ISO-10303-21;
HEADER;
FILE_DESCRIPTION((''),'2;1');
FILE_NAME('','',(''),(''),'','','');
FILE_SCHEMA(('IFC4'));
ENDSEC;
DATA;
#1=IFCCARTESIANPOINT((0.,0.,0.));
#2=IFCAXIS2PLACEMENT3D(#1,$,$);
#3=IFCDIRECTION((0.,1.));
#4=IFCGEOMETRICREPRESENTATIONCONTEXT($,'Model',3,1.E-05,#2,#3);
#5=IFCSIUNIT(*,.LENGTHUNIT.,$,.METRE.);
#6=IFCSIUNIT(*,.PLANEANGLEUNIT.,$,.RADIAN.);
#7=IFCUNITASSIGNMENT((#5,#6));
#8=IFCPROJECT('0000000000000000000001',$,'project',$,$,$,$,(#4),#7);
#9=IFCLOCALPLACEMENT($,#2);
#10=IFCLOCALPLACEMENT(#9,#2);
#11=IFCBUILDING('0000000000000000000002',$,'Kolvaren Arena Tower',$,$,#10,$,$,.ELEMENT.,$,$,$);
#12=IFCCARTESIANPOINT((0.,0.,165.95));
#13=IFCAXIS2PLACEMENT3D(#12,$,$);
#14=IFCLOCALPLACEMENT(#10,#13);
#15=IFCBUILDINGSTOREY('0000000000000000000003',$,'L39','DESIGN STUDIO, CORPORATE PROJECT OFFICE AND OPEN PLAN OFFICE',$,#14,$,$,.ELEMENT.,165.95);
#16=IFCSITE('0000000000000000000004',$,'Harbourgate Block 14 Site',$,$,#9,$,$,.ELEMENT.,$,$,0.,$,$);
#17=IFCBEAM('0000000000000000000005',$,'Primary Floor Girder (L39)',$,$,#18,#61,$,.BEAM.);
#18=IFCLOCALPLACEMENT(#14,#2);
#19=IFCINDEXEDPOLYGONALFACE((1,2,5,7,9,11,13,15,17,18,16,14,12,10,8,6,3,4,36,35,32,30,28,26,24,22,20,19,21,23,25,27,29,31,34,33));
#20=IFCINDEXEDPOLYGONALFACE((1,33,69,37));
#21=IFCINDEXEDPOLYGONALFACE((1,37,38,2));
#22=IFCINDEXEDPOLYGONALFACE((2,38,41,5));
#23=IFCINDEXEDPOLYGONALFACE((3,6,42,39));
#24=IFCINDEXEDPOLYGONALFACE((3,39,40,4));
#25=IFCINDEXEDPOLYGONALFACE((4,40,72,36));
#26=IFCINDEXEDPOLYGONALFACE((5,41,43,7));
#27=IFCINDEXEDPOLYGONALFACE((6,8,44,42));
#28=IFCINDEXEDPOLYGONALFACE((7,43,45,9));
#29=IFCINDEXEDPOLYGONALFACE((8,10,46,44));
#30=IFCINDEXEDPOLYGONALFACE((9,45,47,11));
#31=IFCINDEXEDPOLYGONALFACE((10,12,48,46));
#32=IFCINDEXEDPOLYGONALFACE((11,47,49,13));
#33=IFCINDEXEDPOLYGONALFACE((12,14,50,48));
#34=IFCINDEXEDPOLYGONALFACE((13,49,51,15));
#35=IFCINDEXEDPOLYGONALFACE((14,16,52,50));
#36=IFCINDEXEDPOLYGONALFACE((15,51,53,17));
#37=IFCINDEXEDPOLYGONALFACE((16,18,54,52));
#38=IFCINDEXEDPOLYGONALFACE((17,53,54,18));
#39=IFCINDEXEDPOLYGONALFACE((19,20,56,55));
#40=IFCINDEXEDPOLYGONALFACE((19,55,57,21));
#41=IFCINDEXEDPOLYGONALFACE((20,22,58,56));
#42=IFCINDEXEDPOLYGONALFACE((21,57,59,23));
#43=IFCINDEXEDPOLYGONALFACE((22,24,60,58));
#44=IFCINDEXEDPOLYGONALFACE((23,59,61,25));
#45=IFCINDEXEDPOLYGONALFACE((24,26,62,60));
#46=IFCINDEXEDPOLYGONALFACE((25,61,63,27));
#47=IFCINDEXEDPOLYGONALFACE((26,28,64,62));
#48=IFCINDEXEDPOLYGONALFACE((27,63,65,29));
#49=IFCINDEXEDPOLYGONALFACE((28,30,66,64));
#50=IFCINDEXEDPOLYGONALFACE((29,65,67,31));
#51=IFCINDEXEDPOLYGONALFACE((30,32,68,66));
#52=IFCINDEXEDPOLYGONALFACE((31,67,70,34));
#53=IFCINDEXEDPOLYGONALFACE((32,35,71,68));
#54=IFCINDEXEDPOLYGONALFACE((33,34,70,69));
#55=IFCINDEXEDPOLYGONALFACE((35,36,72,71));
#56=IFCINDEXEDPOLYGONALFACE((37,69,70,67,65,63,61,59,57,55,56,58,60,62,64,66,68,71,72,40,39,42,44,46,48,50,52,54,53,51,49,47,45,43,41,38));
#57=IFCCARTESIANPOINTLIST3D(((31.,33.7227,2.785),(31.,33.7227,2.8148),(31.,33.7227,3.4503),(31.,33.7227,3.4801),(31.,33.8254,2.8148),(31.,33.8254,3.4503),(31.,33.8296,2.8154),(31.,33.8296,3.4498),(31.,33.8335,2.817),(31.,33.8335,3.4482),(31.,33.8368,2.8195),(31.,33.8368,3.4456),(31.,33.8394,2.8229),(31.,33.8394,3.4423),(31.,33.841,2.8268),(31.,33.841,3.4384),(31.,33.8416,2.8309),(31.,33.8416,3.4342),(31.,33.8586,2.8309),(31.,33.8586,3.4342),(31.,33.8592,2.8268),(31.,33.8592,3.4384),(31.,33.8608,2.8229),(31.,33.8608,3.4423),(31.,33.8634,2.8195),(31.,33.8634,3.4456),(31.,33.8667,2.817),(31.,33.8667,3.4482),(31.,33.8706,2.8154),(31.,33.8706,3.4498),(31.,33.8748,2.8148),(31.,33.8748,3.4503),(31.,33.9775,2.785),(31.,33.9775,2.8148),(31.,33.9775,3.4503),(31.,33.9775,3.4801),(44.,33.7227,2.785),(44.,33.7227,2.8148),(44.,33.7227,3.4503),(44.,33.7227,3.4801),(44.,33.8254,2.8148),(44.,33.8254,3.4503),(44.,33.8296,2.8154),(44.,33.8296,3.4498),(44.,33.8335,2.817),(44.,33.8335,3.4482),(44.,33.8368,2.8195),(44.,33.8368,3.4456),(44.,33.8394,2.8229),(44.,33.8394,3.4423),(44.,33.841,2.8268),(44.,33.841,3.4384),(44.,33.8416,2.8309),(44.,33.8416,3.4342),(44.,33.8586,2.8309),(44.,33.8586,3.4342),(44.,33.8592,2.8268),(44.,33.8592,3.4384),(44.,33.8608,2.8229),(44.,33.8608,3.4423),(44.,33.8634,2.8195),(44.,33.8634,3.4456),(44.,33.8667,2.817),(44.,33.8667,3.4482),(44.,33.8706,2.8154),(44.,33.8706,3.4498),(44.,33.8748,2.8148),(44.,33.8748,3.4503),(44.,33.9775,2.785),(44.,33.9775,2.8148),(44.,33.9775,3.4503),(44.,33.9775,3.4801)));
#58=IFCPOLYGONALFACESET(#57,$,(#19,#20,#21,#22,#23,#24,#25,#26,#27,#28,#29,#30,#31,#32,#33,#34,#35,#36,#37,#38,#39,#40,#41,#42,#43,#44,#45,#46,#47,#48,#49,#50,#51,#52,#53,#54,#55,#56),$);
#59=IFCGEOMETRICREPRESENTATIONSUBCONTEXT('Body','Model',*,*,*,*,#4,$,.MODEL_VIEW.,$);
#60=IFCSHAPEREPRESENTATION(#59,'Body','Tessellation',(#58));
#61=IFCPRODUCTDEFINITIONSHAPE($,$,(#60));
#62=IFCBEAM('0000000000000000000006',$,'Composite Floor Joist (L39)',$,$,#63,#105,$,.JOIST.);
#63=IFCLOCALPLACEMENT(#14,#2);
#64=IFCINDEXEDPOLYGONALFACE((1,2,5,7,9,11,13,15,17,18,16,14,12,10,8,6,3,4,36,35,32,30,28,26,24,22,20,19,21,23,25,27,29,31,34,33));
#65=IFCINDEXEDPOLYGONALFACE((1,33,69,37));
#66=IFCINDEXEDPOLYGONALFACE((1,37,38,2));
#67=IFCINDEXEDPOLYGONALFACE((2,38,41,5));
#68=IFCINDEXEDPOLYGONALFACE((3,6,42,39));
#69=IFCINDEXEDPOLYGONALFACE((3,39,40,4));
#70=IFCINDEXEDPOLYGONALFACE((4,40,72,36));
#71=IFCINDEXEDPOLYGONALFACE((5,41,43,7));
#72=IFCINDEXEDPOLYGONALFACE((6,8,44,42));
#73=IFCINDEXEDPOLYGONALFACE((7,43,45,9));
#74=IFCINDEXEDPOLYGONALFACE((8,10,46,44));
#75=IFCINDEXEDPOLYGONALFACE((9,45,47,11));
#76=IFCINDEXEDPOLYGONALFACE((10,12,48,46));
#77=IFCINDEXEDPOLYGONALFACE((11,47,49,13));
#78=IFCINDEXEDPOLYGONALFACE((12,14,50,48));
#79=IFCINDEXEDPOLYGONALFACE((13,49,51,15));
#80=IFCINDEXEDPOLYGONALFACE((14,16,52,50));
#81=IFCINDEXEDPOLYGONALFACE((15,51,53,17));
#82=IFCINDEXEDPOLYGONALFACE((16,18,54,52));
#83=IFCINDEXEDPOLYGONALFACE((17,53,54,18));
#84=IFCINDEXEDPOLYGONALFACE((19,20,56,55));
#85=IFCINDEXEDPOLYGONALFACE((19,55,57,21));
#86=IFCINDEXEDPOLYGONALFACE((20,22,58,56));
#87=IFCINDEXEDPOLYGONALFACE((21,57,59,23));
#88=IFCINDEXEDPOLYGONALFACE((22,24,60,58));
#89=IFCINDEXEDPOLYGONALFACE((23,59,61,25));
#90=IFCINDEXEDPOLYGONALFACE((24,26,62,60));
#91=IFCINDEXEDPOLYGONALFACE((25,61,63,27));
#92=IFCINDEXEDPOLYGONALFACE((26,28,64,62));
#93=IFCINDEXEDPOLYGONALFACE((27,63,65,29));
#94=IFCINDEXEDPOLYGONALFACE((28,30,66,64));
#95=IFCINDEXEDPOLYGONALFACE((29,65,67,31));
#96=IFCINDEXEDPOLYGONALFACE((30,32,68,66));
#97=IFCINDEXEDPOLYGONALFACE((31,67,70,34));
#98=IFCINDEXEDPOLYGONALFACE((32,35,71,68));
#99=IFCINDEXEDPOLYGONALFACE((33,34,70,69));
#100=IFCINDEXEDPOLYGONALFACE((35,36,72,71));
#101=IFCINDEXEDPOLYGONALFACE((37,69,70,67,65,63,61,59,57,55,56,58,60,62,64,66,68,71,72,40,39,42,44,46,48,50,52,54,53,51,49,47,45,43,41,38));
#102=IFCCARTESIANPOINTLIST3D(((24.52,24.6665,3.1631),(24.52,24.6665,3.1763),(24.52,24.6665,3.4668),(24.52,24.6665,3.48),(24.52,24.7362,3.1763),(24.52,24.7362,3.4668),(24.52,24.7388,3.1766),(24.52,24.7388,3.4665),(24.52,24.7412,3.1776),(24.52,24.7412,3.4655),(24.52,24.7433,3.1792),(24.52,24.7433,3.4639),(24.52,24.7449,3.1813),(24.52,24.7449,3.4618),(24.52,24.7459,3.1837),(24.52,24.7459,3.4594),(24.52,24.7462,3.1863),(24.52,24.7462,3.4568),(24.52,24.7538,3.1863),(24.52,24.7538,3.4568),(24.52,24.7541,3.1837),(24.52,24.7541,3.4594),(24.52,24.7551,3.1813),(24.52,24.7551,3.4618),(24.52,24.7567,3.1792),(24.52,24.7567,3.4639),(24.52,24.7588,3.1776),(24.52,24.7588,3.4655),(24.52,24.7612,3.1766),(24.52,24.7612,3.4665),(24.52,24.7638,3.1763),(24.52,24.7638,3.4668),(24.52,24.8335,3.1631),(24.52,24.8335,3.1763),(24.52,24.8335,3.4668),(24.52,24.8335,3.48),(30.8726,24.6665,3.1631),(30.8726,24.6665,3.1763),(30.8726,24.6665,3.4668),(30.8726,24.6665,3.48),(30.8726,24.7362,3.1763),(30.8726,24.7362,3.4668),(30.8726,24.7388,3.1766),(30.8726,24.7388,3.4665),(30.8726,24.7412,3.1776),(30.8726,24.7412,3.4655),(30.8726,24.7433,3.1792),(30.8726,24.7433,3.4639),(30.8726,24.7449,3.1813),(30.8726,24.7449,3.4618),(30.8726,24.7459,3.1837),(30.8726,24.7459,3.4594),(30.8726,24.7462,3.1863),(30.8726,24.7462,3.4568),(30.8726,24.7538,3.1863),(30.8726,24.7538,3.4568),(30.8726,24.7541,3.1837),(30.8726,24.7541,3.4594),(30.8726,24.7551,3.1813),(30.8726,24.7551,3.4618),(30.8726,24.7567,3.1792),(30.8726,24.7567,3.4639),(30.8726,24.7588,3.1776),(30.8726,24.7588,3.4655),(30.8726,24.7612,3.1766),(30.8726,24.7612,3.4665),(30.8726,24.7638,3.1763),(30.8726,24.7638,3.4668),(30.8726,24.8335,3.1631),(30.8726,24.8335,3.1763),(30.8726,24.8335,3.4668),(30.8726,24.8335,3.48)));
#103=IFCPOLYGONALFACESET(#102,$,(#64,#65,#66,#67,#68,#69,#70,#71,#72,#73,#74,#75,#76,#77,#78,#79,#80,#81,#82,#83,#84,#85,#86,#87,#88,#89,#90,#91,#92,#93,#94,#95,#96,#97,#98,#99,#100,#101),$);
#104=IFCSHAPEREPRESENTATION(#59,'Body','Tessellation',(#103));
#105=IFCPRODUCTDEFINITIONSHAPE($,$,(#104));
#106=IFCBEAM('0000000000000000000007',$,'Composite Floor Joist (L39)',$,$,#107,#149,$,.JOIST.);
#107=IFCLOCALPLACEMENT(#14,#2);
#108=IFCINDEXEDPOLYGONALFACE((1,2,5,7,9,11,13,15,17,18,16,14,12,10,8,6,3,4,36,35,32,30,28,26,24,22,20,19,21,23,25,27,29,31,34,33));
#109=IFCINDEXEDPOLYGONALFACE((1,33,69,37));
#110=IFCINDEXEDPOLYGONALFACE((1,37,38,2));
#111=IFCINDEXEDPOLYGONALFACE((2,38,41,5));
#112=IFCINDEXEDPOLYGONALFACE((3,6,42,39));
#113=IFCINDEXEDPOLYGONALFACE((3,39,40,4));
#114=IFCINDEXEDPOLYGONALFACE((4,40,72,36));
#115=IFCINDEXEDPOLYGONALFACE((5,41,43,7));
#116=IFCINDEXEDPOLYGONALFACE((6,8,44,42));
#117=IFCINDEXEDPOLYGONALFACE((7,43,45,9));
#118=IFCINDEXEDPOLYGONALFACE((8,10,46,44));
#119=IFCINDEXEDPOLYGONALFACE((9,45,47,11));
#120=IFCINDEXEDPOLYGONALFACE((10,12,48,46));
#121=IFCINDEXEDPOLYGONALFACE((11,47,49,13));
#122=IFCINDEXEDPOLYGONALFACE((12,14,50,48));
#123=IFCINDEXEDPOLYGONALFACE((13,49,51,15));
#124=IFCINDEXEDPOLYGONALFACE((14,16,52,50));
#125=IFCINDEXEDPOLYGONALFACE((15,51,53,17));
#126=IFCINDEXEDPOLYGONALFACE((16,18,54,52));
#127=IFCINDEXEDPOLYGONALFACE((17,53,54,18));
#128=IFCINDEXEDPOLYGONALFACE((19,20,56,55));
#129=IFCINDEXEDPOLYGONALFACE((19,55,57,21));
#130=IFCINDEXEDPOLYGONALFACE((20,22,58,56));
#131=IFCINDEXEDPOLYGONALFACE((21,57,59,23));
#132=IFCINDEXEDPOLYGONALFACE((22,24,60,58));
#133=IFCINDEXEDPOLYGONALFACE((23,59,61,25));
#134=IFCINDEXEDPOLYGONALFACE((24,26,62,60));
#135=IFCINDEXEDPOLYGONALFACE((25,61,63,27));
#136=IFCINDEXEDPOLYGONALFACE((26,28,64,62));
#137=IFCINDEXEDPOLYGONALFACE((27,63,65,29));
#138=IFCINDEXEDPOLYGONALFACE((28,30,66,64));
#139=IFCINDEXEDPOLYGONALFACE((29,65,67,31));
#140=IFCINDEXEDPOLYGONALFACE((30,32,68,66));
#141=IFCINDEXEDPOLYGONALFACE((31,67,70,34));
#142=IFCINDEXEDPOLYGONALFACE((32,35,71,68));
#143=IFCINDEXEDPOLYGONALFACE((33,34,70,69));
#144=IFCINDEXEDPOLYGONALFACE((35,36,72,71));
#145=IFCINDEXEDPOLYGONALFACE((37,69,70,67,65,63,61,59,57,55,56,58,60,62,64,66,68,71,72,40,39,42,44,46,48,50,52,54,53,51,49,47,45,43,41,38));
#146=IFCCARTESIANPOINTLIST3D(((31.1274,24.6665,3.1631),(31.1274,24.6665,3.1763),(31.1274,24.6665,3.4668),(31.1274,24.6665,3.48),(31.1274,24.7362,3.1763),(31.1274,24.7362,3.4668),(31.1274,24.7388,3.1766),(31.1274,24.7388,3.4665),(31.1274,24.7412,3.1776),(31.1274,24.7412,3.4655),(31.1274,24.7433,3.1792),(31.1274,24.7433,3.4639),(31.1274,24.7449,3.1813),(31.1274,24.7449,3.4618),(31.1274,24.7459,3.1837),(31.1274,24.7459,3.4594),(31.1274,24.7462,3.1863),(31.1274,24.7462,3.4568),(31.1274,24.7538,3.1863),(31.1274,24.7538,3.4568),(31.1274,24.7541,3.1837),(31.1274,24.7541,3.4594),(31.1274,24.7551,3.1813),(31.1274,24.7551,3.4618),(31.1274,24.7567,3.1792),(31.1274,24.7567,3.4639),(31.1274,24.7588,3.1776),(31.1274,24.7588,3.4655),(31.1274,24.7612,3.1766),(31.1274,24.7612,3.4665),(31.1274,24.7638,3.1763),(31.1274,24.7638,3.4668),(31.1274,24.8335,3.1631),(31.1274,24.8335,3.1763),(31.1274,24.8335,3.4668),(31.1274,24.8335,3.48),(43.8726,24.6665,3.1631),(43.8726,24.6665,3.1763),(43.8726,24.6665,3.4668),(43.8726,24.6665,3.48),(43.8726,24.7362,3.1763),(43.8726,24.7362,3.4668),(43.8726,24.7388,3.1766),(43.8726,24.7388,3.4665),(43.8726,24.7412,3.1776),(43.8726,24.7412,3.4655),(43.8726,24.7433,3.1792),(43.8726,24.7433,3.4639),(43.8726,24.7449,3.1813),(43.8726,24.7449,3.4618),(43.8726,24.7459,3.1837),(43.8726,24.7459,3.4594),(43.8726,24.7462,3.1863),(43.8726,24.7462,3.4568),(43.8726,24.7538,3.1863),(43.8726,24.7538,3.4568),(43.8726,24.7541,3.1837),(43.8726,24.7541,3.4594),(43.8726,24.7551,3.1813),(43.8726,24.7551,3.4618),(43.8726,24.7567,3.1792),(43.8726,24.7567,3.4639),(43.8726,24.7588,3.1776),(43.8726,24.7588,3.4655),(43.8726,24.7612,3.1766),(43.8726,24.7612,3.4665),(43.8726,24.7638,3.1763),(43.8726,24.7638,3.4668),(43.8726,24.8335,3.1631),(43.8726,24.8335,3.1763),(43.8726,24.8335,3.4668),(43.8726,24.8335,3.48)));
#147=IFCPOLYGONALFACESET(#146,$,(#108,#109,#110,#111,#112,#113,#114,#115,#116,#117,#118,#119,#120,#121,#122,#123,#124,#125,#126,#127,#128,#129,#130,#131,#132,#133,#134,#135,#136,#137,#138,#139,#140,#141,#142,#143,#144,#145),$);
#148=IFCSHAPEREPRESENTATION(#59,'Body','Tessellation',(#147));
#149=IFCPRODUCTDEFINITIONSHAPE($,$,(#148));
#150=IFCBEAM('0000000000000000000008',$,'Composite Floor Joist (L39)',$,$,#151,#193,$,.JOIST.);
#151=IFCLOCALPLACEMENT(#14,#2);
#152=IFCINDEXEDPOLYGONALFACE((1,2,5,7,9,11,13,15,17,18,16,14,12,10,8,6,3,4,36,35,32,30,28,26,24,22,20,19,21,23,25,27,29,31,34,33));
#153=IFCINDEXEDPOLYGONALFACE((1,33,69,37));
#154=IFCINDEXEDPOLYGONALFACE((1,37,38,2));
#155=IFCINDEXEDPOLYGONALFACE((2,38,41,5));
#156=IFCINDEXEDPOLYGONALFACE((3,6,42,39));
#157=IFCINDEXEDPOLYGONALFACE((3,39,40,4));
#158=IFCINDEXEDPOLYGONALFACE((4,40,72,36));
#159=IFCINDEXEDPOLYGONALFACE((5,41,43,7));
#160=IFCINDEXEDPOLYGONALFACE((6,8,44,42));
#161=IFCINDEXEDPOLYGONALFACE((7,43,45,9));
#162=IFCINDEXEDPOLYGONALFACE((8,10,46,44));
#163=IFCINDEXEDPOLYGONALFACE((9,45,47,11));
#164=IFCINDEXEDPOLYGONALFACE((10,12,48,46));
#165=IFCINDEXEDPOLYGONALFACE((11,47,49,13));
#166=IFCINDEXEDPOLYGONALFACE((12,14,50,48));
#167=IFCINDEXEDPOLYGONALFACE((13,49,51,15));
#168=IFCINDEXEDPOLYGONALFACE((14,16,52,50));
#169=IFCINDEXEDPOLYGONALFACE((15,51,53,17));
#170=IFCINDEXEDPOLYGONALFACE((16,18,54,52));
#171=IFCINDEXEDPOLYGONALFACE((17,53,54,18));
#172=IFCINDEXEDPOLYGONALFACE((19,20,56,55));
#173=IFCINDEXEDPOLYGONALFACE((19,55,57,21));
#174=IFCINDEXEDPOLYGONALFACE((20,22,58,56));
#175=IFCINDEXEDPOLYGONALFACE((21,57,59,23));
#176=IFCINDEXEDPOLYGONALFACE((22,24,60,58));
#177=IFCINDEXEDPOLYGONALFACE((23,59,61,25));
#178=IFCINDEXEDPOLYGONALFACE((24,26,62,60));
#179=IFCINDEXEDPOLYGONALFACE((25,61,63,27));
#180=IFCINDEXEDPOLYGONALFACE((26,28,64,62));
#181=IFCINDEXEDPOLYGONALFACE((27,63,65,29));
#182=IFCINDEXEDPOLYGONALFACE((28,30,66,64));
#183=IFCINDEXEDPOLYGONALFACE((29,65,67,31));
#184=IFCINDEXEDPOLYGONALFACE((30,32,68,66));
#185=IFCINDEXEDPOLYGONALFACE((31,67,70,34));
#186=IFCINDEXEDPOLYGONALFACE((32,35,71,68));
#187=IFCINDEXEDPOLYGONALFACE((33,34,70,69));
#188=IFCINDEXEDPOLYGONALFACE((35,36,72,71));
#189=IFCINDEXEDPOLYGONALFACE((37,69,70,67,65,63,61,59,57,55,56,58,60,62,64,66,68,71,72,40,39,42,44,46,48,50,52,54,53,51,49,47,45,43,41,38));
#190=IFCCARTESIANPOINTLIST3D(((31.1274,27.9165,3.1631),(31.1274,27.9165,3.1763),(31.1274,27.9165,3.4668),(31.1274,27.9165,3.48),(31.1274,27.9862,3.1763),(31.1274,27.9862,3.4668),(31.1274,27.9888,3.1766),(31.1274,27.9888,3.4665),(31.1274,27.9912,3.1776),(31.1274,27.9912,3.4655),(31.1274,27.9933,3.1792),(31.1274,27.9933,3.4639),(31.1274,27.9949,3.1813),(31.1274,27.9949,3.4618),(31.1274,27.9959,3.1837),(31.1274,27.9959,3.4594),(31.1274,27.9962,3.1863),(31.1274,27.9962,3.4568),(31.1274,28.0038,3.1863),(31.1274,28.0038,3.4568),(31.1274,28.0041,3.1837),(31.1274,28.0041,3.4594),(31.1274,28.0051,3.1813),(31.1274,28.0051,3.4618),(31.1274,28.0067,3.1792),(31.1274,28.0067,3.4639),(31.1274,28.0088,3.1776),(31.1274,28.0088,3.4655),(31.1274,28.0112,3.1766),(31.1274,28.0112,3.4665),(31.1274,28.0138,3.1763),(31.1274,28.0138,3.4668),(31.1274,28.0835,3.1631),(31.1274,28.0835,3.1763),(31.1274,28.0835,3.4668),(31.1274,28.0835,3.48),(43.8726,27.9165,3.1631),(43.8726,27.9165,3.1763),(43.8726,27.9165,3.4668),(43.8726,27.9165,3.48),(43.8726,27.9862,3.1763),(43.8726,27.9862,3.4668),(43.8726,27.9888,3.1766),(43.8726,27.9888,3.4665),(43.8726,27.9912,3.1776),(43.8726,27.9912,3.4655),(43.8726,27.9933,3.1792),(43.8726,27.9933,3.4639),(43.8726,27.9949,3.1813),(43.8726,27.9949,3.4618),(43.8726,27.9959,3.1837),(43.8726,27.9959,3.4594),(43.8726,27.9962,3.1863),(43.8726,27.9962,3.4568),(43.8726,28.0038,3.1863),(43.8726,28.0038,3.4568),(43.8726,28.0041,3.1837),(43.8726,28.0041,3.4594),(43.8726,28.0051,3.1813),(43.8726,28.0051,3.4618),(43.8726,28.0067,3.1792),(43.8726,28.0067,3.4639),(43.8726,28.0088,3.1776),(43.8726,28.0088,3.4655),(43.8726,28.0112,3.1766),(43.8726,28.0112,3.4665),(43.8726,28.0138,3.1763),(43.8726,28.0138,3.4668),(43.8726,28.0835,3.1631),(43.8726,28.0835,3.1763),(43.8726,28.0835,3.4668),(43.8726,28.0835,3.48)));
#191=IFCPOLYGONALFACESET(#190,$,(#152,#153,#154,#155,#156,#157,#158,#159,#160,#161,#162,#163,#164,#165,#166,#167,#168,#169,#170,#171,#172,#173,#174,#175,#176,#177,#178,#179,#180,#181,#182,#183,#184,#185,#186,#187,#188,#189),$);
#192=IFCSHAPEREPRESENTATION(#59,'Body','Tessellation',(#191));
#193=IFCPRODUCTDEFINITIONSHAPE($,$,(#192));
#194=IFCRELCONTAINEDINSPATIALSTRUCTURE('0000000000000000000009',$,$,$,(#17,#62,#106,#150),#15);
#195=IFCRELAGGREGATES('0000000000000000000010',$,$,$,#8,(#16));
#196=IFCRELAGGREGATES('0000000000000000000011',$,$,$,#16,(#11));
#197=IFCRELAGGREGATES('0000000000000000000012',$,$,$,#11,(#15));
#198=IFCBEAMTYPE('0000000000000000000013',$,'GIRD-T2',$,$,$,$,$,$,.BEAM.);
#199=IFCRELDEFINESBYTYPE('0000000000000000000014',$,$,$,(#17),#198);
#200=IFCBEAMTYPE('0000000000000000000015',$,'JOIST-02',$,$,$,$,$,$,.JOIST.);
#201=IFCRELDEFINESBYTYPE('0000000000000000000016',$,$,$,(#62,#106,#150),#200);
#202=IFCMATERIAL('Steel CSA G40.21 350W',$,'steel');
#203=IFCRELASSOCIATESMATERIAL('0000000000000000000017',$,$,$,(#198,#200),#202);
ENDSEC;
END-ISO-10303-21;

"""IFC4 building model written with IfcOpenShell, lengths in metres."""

from ifc_helpers import new_model, si_unit, direction, frame, origin, origin_2d, place, context, subcontext, project, spatial, i_section, extrude, material, material_profile, profile_set, type_object, element, save


model = new_model("IFC4")

# Units and contexts
model_context = context("Model", 3, precision=1e-05, world=origin(), true_north=direction((0.0, 1.0)))
body_context = subcontext(model_context, "Body", "Model", "MODEL_VIEW")
ifc_project = project(units=[si_unit("LENGTHUNIT", "METRE"), si_unit("PLANEANGLEUNIT", "RADIAN")], contexts=[model_context])

# Site, building, storey
site_placement = place(None, origin())
site = spatial("IfcSite", under=ifc_project, at=site_placement, Name="Harbourgate Block 14 Site", CompositionType="ELEMENT", RefElevation=0.0)
building_placement = place(site_placement, origin())
building = spatial("IfcBuilding", under=site, at=building_placement, Name="Kolvaren Arena Tower", CompositionType="ELEMENT")
storey_placement = place(building_placement, frame((0.0, 0.0, 165.95)))
storey = spatial("IfcBuildingStorey", under=building, at=storey_placement, Name="L39", Description="DESIGN STUDIO, CORPORATE PROJECT OFFICE AND OPEN PLAN OFFICE", CompositionType="ELEMENT", Elevation=165.95)

# Beams
ifc_material_1 = material(Name="Steel CSA G40.21 350W", Category="steel")
ifc_material_profile_1 = material_profile(ifc_material_1, i_section(OverallWidth=0.2549, OverallDepth=0.6951, WebThickness=0.0171, FlangeThickness=0.0298, FilletRadius=0.0161, at=origin_2d()), Name="W690x217")
ifc_profile_set_1 = profile_set([ifc_material_profile_1], Name="Steel CSA G40.21 350W")
beam_type_1 = type_object("IfcBeamType", Name="GIRD-T2", PredefinedType="BEAM", material=ifc_profile_set_1)
beam_1_placement = place(storey_placement, frame((31.0, 33.8501, 3.1326), z_axis=(1.0, 0.0, 0.0), x_axis=(0.0, 1.0, 0.0)))
element("IfcBeam", 1, at=beam_1_placement, inside=storey, type_object=beam_type_1, Name="Primary Floor Girder (L39)", PredefinedType="BEAM", context=body_context, shape_type="SweptSolid", body=[
    extrude(i_section(OverallWidth=0.2549, OverallDepth=0.6951, WebThickness=0.0171, FlangeThickness=0.0298, FilletRadius=0.0161, at=origin_2d()), origin(), (0.0, 0.0, 1.0), 13.0),
])
ifc_material_profile_2 = material_profile(ifc_material_1, i_section(OverallWidth=0.167, OverallDepth=0.3169, WebThickness=0.0076, FlangeThickness=0.0132, FilletRadius=0.01, at=origin_2d()), Name="W310x52")
ifc_profile_set_2 = profile_set([ifc_material_profile_2], Name="Steel CSA G40.21 350W")
beam_type_2 = type_object("IfcBeamType", Name="JOIST-02", PredefinedType="JOIST", material=ifc_profile_set_2)
beam_2_placement = place(storey_placement, frame((24.52, 24.75, 3.3215), z_axis=(1.0, 0.0, 0.0), x_axis=(0.0, 1.0, 0.0)))
element("IfcBeam", 2, at=beam_2_placement, inside=storey, type_object=beam_type_2, Name="Composite Floor Joist (L39)", PredefinedType="JOIST", context=body_context, shape_type="SweptSolid", body=[
    extrude(i_section(OverallWidth=0.167, OverallDepth=0.3169, WebThickness=0.0076, FlangeThickness=0.0132, FilletRadius=0.01, at=origin_2d()), origin(), (0.0, 0.0, 1.0), 6.3525),
])
for number, where, z_axis, x_axis, name in (
    (3, (31.1274, 24.75, 3.3215), (1.0, 0.0, 0.0), (0.0, 1.0, 0.0), "Composite Floor Joist (L39)"),
    (4, (31.1274, 28.0, 3.3215), (1.0, 0.0, 0.0), (0.0, 1.0, 0.0), "Composite Floor Joist (L39)"),
):
    element("IfcBeam", number, at=place(storey_placement, frame(where, z_axis=z_axis, x_axis=x_axis)), inside=storey, type_object=beam_type_2, Name=name, PredefinedType="JOIST", context=body_context, shape_type="SweptSolid", body=[
        extrude(i_section(OverallWidth=0.167, OverallDepth=0.3169, WebThickness=0.0076, FlangeThickness=0.0132, FilletRadius=0.01, at=origin_2d()), origin(), (0.0, 0.0, 1.0), 12.7451),
    ])

save(model, "model.ifc")
